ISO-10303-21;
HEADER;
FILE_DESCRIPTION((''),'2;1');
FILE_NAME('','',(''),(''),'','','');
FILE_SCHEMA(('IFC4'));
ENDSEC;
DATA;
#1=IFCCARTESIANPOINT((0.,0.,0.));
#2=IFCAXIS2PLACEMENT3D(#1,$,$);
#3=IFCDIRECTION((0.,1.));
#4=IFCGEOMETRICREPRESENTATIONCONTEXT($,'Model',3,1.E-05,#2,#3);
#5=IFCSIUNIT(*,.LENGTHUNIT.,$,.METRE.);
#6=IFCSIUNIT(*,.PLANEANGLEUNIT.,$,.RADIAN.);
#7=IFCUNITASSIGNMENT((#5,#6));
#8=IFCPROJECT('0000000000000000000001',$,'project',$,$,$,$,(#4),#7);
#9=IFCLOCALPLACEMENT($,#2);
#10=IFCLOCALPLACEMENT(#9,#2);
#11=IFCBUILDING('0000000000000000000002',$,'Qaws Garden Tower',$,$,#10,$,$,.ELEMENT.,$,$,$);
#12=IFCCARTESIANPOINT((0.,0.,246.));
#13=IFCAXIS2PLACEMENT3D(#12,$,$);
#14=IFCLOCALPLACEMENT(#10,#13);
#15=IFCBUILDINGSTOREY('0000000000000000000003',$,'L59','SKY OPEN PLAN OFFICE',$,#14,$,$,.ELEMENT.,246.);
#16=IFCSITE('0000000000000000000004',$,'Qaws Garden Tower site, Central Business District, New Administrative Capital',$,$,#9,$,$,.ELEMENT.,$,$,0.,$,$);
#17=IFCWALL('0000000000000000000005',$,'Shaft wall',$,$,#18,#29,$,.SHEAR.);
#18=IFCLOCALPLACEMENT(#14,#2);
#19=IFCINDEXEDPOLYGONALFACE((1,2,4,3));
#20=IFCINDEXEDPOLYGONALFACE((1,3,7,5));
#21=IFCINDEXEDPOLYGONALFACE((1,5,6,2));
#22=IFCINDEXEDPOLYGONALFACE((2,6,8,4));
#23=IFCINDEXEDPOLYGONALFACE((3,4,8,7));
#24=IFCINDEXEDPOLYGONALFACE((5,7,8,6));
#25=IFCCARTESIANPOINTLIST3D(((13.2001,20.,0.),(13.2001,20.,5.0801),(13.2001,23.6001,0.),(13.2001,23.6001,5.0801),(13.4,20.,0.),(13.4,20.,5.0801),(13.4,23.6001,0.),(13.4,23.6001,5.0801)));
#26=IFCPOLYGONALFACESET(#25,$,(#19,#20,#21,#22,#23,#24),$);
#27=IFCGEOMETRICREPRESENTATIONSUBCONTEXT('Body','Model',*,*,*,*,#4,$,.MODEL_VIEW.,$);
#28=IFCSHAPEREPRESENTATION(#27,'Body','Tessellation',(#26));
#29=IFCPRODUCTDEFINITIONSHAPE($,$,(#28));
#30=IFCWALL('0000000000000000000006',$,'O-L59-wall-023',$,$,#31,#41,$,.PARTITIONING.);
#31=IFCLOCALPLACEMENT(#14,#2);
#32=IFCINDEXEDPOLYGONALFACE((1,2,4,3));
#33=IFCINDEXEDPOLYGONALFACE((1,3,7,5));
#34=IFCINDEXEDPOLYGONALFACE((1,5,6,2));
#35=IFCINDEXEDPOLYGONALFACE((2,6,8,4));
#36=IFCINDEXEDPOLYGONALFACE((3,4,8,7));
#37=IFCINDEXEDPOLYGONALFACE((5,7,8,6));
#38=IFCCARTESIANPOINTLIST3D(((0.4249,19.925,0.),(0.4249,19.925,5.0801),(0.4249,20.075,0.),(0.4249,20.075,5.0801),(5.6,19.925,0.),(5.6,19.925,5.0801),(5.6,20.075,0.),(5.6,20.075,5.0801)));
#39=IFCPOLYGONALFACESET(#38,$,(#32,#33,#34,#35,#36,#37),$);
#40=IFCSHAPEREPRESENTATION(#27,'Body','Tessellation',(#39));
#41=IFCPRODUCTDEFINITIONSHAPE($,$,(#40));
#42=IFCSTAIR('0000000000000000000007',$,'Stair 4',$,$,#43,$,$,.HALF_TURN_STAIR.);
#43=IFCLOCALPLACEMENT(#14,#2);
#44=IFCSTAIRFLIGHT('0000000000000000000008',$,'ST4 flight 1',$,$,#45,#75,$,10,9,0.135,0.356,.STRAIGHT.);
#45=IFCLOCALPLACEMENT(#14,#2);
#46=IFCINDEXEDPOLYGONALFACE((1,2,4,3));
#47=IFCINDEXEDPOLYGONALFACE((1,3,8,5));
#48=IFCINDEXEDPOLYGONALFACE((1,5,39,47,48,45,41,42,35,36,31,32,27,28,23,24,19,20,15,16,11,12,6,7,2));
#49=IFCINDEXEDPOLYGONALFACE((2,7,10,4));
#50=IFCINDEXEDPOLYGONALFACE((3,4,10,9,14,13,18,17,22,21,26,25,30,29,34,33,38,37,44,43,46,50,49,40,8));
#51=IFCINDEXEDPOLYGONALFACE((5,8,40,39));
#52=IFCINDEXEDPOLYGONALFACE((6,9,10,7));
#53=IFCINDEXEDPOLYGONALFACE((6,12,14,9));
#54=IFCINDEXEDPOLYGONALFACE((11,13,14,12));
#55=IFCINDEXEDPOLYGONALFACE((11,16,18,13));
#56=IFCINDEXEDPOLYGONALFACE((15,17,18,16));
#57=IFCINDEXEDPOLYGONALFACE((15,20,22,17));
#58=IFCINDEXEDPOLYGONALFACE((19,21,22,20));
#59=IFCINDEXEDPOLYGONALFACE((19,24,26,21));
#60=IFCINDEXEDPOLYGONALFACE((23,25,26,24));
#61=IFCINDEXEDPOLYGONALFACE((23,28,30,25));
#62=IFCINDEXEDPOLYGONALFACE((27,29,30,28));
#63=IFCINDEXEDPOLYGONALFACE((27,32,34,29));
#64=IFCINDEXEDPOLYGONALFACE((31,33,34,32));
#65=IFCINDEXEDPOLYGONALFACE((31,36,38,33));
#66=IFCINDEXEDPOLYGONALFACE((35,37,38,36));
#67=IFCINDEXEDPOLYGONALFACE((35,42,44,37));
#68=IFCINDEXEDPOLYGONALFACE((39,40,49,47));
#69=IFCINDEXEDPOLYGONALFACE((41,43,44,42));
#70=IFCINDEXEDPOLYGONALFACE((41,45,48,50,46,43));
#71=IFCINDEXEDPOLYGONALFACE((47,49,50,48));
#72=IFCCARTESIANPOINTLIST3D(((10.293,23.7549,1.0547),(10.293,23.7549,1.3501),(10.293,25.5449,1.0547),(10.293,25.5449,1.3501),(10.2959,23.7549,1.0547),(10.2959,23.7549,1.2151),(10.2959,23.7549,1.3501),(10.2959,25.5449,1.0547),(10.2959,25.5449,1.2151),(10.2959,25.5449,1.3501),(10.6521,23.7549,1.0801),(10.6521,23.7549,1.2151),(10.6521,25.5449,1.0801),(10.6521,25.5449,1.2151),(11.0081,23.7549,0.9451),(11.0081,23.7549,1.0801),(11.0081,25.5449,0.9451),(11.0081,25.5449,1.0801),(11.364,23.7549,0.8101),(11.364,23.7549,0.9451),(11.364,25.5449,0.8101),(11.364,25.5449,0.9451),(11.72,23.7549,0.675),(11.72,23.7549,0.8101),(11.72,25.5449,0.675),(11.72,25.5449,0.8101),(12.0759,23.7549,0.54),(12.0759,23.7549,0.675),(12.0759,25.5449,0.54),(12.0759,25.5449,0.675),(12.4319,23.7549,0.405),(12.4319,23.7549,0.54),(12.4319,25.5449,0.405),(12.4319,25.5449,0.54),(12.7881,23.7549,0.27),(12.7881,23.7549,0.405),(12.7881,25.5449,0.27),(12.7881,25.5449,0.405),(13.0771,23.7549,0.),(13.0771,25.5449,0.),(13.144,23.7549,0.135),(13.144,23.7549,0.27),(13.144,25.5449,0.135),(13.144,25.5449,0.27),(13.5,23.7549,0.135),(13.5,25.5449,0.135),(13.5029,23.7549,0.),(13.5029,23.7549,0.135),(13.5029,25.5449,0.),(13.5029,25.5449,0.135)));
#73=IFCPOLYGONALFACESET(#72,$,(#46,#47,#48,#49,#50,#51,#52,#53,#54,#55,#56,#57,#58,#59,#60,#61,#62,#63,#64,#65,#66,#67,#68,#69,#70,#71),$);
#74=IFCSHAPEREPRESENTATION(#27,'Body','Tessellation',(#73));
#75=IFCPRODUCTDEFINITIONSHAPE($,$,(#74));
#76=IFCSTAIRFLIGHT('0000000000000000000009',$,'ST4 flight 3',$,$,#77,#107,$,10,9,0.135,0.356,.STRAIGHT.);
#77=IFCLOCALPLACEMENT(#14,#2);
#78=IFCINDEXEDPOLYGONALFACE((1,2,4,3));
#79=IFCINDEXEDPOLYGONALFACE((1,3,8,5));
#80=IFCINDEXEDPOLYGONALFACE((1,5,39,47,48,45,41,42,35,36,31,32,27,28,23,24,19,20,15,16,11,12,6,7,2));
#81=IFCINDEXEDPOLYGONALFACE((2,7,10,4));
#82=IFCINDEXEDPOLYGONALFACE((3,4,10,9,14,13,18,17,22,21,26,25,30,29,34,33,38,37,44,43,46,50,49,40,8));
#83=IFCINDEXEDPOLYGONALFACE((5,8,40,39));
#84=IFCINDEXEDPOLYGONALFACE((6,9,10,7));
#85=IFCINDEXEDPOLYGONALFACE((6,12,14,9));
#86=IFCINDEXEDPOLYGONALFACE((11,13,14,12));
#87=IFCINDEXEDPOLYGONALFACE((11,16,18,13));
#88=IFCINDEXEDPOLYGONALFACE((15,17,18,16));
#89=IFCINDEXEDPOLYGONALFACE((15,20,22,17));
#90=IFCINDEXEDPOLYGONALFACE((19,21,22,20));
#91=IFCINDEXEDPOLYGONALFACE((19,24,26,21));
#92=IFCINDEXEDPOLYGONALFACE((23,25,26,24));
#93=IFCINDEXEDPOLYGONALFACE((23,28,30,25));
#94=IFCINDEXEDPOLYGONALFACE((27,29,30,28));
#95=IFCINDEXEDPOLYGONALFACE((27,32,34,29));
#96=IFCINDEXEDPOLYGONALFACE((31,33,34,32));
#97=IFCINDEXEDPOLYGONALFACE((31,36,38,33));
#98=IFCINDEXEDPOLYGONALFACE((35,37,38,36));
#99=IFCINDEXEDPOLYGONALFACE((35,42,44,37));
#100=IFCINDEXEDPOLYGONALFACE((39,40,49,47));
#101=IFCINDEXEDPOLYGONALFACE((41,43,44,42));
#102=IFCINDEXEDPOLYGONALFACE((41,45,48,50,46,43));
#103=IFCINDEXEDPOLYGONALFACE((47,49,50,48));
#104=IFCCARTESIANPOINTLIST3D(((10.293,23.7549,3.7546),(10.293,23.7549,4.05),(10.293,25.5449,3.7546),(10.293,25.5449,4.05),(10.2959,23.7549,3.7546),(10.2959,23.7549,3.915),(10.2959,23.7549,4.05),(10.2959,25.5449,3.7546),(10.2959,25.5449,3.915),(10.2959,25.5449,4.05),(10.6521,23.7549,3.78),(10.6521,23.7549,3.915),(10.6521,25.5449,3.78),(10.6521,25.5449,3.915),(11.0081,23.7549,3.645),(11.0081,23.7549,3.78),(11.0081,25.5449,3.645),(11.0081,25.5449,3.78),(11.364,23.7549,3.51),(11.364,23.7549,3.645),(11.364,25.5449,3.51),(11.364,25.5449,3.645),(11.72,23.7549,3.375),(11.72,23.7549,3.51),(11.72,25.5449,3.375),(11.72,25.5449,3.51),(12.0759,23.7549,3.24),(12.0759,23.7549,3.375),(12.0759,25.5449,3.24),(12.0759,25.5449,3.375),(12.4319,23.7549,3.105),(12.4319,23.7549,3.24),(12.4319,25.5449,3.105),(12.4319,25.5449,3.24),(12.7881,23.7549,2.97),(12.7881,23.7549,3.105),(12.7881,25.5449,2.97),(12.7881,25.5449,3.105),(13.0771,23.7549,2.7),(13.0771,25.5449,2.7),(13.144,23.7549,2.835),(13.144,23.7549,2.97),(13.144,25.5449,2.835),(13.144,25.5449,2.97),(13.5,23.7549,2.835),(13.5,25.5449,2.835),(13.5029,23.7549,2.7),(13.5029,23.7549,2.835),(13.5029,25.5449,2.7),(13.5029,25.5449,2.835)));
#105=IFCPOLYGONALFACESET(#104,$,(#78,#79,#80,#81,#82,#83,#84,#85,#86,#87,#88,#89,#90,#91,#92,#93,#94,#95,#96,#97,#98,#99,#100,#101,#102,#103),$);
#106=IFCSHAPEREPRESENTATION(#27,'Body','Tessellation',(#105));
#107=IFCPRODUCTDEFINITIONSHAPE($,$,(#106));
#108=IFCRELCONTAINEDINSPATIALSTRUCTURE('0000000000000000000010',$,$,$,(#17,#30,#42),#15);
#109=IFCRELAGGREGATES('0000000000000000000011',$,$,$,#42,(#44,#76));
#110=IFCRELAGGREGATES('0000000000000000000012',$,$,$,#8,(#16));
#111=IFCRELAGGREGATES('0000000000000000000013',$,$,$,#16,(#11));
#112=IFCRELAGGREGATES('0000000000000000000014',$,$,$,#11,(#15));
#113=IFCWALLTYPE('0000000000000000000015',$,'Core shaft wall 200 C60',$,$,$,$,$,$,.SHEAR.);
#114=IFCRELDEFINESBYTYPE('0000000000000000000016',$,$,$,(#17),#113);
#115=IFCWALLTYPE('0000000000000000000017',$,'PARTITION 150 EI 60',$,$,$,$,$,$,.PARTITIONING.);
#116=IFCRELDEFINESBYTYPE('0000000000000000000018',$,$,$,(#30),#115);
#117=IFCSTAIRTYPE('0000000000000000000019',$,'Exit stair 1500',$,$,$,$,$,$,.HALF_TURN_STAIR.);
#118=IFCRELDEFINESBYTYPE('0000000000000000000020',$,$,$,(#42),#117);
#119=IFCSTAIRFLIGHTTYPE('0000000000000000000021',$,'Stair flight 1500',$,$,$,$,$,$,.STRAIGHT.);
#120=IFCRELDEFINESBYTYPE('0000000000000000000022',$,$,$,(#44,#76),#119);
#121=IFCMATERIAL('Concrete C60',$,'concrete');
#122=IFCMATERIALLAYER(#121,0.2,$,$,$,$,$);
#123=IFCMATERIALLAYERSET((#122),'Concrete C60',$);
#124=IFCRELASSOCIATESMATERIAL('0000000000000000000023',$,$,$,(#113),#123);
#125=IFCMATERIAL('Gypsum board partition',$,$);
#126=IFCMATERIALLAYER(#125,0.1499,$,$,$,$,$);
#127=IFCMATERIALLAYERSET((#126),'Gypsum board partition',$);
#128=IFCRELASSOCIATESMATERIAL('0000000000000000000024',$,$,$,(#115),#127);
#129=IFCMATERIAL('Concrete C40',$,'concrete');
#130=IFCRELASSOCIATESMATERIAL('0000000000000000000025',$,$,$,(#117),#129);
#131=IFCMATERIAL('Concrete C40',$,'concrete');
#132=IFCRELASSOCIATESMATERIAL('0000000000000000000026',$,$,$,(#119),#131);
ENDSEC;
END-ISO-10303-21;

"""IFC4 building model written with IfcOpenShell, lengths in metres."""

from ifc_helpers import new_model, si_unit, direction, frame, frame_2d, origin, place, context, subcontext, project, spatial, polyline, rectangle, outline, extrude, material, layer, layer_set, type_object, element, aggregate, save


model = new_model("IFC4")

# Units and contexts
model_context = context("Model", 3, precision=1e-05, world=origin(), true_north=direction((0.0, 1.0)))
body_context = subcontext(model_context, "Body", "Model", "MODEL_VIEW")
ifc_project = project(units=[si_unit("LENGTHUNIT", "METRE"), si_unit("PLANEANGLEUNIT", "RADIAN")], contexts=[model_context])

# Site, building, storey
site_placement = place(None, origin())
site = spatial("IfcSite", under=ifc_project, at=site_placement, Name="Qaws Garden Tower site, Central Business District, New Administrative Capital", CompositionType="ELEMENT", RefElevation=0.0)
building_placement = place(site_placement, origin())
building = spatial("IfcBuilding", under=site, at=building_placement, Name="Qaws Garden Tower", CompositionType="ELEMENT")
storey_placement = place(building_placement, frame((0.0, 0.0, 246.0)))
storey = spatial("IfcBuildingStorey", under=building, at=storey_placement, Name="L59", Description="SKY OPEN PLAN OFFICE", CompositionType="ELEMENT", Elevation=246.0)

# Shared definitions
ifc_material_1 = material(Name="Concrete C60", Category="concrete")
ifc_layer_1 = layer(ifc_material_1, 0.2)
ifc_layer_set_1 = layer_set([ifc_layer_1], Name="Concrete C60")
wall_type_1 = type_object("IfcWallType", Name="Core shaft wall 200 C60", PredefinedType="SHEAR", material=ifc_layer_set_1)

# Walls
wall_1_placement = place(storey_placement, frame((13.3, 20.0, 0.0), z_axis=(0.0, 0.0, 1.0), x_axis=(0.0, 1.0, 0.0)))
element("IfcWall", 1, at=wall_1_placement, inside=storey, type_object=wall_type_1, Name="Shaft wall", PredefinedType="SHEAR", context=body_context, shape_type="SweptSolid", body=[
    extrude(rectangle(XDim=3.6001, YDim=0.2, at=frame_2d((1.8, 0.0))), origin(), (0.0, 0.0, 1.0), 5.0801),
])
ifc_material_2 = material(Name="Gypsum board partition")
ifc_layer_2 = layer(ifc_material_2, 0.1499)
ifc_layer_set_2 = layer_set([ifc_layer_2], Name="Gypsum board partition")
wall_type_2 = type_object("IfcWallType", Name="PARTITION 150 EI 60", PredefinedType="PARTITIONING", material=ifc_layer_set_2)
wall_2_placement = place(storey_placement, frame((0.425, 20.0, 0.0), z_axis=(0.0, 0.0, 1.0), x_axis=(1.0, 0.0, 0.0)))
element("IfcWall", 2, at=wall_2_placement, inside=storey, type_object=wall_type_2, Name="O-L59-wall-023", PredefinedType="PARTITIONING", context=body_context, shape_type="SweptSolid", body=[
    extrude(rectangle(XDim=5.175, YDim=0.1499, at=frame_2d((2.5874, 0.0))), origin(), (0.0, 0.0, 1.0), 5.0801),
])

# Stair, stair flights
ifc_material_3 = material(Name="Concrete C40", Category="concrete")
stair_type = type_object("IfcStairType", Name="Exit stair 1500", PredefinedType="HALF_TURN_STAIR", material=ifc_material_3)
stair_placement = place(storey_placement, origin())
stair = element("IfcStair", 3, at=stair_placement, inside=storey, type_object=stair_type, Name="Stair 4", PredefinedType="HALF_TURN_STAIR")
ifc_material_4 = material(Name="Concrete C40", Category="concrete")
stair_flight_type = type_object("IfcStairFlightType", Name="Stair flight 1500", PredefinedType="STRAIGHT", material=ifc_material_4)
stair_flight_1_placement = place(storey_placement, frame((13.5, 24.6499, 0.0), z_axis=(0.0, 0.0, 1.0), x_axis=(-1.0, 0.0, 0.0)))
stair_flight_1 = element("IfcStairFlight", 4, at=stair_flight_1_placement, type_object=stair_flight_type, Name="ST4 flight 1", NumberOfRisers=10, NumberOfTreads=9, PredefinedType="STRAIGHT", RiserHeight=0.135, TreadLength=0.356, context=body_context, shape_type="SweptSolid", body=[
    extrude(outline(polyline([(-0.0029, 0.0), (-0.0029, 0.135), (0.0, 0.135), (0.356, 0.135), (0.356, 0.27), (0.7119, 0.27), (0.7119, 0.405), (1.0681, 0.405), (1.0681, 0.54), (1.4241, 0.54), (1.4241, 0.675), (1.78, 0.675), (1.78, 0.8101), (2.136, 0.8101), (2.136, 0.9451), (2.4919, 0.9451), (2.4919, 1.0801), (2.8479, 1.0801), (2.8479, 1.2151), (3.2041, 1.2151), (3.2041, 1.3501), (3.207, 1.3501), (3.207, 1.0547), (3.2041, 1.0547), (0.4229, 0.0), (-0.0029, 0.0)])), frame((0.0, 0.895, 0.0), z_axis=(0.0, -1.0, 0.0), x_axis=(1.0, 0.0, 0.0)), (0.0, 0.0, 1.0), 1.79),
])
stair_flight_2_placement = place(storey_placement, frame((13.5, 24.6499, 2.7), z_axis=(0.0, 0.0, 1.0), x_axis=(-1.0, 0.0, 0.0)))
stair_flight_2 = element("IfcStairFlight", 5, at=stair_flight_2_placement, type_object=stair_flight_type, Name="ST4 flight 3", NumberOfRisers=10, NumberOfTreads=9, PredefinedType="STRAIGHT", RiserHeight=0.135, TreadLength=0.356, context=body_context, shape_type="SweptSolid", body=[
    extrude(outline(polyline([(-0.0029, 0.0), (-0.0029, 0.135), (0.0, 0.135), (0.356, 0.135), (0.356, 0.27), (0.7119, 0.27), (0.7119, 0.405), (1.0681, 0.405), (1.0681, 0.54), (1.4241, 0.54), (1.4241, 0.675), (1.78, 0.675), (1.78, 0.8101), (2.136, 0.8101), (2.136, 0.9451), (2.4919, 0.9451), (2.4919, 1.0801), (2.8479, 1.0801), (2.8479, 1.2151), (3.2041, 1.2151), (3.2041, 1.3501), (3.207, 1.3501), (3.207, 1.0547), (3.2041, 1.0547), (0.4229, 0.0), (-0.0029, 0.0)])), frame((0.0, 0.895, 0.0), z_axis=(0.0, -1.0, 0.0), x_axis=(1.0, 0.0, 0.0)), (0.0, 0.0, 1.0), 1.79),
])
aggregate(stair, [stair_flight_1, stair_flight_2])

save(model, "model.ifc")
